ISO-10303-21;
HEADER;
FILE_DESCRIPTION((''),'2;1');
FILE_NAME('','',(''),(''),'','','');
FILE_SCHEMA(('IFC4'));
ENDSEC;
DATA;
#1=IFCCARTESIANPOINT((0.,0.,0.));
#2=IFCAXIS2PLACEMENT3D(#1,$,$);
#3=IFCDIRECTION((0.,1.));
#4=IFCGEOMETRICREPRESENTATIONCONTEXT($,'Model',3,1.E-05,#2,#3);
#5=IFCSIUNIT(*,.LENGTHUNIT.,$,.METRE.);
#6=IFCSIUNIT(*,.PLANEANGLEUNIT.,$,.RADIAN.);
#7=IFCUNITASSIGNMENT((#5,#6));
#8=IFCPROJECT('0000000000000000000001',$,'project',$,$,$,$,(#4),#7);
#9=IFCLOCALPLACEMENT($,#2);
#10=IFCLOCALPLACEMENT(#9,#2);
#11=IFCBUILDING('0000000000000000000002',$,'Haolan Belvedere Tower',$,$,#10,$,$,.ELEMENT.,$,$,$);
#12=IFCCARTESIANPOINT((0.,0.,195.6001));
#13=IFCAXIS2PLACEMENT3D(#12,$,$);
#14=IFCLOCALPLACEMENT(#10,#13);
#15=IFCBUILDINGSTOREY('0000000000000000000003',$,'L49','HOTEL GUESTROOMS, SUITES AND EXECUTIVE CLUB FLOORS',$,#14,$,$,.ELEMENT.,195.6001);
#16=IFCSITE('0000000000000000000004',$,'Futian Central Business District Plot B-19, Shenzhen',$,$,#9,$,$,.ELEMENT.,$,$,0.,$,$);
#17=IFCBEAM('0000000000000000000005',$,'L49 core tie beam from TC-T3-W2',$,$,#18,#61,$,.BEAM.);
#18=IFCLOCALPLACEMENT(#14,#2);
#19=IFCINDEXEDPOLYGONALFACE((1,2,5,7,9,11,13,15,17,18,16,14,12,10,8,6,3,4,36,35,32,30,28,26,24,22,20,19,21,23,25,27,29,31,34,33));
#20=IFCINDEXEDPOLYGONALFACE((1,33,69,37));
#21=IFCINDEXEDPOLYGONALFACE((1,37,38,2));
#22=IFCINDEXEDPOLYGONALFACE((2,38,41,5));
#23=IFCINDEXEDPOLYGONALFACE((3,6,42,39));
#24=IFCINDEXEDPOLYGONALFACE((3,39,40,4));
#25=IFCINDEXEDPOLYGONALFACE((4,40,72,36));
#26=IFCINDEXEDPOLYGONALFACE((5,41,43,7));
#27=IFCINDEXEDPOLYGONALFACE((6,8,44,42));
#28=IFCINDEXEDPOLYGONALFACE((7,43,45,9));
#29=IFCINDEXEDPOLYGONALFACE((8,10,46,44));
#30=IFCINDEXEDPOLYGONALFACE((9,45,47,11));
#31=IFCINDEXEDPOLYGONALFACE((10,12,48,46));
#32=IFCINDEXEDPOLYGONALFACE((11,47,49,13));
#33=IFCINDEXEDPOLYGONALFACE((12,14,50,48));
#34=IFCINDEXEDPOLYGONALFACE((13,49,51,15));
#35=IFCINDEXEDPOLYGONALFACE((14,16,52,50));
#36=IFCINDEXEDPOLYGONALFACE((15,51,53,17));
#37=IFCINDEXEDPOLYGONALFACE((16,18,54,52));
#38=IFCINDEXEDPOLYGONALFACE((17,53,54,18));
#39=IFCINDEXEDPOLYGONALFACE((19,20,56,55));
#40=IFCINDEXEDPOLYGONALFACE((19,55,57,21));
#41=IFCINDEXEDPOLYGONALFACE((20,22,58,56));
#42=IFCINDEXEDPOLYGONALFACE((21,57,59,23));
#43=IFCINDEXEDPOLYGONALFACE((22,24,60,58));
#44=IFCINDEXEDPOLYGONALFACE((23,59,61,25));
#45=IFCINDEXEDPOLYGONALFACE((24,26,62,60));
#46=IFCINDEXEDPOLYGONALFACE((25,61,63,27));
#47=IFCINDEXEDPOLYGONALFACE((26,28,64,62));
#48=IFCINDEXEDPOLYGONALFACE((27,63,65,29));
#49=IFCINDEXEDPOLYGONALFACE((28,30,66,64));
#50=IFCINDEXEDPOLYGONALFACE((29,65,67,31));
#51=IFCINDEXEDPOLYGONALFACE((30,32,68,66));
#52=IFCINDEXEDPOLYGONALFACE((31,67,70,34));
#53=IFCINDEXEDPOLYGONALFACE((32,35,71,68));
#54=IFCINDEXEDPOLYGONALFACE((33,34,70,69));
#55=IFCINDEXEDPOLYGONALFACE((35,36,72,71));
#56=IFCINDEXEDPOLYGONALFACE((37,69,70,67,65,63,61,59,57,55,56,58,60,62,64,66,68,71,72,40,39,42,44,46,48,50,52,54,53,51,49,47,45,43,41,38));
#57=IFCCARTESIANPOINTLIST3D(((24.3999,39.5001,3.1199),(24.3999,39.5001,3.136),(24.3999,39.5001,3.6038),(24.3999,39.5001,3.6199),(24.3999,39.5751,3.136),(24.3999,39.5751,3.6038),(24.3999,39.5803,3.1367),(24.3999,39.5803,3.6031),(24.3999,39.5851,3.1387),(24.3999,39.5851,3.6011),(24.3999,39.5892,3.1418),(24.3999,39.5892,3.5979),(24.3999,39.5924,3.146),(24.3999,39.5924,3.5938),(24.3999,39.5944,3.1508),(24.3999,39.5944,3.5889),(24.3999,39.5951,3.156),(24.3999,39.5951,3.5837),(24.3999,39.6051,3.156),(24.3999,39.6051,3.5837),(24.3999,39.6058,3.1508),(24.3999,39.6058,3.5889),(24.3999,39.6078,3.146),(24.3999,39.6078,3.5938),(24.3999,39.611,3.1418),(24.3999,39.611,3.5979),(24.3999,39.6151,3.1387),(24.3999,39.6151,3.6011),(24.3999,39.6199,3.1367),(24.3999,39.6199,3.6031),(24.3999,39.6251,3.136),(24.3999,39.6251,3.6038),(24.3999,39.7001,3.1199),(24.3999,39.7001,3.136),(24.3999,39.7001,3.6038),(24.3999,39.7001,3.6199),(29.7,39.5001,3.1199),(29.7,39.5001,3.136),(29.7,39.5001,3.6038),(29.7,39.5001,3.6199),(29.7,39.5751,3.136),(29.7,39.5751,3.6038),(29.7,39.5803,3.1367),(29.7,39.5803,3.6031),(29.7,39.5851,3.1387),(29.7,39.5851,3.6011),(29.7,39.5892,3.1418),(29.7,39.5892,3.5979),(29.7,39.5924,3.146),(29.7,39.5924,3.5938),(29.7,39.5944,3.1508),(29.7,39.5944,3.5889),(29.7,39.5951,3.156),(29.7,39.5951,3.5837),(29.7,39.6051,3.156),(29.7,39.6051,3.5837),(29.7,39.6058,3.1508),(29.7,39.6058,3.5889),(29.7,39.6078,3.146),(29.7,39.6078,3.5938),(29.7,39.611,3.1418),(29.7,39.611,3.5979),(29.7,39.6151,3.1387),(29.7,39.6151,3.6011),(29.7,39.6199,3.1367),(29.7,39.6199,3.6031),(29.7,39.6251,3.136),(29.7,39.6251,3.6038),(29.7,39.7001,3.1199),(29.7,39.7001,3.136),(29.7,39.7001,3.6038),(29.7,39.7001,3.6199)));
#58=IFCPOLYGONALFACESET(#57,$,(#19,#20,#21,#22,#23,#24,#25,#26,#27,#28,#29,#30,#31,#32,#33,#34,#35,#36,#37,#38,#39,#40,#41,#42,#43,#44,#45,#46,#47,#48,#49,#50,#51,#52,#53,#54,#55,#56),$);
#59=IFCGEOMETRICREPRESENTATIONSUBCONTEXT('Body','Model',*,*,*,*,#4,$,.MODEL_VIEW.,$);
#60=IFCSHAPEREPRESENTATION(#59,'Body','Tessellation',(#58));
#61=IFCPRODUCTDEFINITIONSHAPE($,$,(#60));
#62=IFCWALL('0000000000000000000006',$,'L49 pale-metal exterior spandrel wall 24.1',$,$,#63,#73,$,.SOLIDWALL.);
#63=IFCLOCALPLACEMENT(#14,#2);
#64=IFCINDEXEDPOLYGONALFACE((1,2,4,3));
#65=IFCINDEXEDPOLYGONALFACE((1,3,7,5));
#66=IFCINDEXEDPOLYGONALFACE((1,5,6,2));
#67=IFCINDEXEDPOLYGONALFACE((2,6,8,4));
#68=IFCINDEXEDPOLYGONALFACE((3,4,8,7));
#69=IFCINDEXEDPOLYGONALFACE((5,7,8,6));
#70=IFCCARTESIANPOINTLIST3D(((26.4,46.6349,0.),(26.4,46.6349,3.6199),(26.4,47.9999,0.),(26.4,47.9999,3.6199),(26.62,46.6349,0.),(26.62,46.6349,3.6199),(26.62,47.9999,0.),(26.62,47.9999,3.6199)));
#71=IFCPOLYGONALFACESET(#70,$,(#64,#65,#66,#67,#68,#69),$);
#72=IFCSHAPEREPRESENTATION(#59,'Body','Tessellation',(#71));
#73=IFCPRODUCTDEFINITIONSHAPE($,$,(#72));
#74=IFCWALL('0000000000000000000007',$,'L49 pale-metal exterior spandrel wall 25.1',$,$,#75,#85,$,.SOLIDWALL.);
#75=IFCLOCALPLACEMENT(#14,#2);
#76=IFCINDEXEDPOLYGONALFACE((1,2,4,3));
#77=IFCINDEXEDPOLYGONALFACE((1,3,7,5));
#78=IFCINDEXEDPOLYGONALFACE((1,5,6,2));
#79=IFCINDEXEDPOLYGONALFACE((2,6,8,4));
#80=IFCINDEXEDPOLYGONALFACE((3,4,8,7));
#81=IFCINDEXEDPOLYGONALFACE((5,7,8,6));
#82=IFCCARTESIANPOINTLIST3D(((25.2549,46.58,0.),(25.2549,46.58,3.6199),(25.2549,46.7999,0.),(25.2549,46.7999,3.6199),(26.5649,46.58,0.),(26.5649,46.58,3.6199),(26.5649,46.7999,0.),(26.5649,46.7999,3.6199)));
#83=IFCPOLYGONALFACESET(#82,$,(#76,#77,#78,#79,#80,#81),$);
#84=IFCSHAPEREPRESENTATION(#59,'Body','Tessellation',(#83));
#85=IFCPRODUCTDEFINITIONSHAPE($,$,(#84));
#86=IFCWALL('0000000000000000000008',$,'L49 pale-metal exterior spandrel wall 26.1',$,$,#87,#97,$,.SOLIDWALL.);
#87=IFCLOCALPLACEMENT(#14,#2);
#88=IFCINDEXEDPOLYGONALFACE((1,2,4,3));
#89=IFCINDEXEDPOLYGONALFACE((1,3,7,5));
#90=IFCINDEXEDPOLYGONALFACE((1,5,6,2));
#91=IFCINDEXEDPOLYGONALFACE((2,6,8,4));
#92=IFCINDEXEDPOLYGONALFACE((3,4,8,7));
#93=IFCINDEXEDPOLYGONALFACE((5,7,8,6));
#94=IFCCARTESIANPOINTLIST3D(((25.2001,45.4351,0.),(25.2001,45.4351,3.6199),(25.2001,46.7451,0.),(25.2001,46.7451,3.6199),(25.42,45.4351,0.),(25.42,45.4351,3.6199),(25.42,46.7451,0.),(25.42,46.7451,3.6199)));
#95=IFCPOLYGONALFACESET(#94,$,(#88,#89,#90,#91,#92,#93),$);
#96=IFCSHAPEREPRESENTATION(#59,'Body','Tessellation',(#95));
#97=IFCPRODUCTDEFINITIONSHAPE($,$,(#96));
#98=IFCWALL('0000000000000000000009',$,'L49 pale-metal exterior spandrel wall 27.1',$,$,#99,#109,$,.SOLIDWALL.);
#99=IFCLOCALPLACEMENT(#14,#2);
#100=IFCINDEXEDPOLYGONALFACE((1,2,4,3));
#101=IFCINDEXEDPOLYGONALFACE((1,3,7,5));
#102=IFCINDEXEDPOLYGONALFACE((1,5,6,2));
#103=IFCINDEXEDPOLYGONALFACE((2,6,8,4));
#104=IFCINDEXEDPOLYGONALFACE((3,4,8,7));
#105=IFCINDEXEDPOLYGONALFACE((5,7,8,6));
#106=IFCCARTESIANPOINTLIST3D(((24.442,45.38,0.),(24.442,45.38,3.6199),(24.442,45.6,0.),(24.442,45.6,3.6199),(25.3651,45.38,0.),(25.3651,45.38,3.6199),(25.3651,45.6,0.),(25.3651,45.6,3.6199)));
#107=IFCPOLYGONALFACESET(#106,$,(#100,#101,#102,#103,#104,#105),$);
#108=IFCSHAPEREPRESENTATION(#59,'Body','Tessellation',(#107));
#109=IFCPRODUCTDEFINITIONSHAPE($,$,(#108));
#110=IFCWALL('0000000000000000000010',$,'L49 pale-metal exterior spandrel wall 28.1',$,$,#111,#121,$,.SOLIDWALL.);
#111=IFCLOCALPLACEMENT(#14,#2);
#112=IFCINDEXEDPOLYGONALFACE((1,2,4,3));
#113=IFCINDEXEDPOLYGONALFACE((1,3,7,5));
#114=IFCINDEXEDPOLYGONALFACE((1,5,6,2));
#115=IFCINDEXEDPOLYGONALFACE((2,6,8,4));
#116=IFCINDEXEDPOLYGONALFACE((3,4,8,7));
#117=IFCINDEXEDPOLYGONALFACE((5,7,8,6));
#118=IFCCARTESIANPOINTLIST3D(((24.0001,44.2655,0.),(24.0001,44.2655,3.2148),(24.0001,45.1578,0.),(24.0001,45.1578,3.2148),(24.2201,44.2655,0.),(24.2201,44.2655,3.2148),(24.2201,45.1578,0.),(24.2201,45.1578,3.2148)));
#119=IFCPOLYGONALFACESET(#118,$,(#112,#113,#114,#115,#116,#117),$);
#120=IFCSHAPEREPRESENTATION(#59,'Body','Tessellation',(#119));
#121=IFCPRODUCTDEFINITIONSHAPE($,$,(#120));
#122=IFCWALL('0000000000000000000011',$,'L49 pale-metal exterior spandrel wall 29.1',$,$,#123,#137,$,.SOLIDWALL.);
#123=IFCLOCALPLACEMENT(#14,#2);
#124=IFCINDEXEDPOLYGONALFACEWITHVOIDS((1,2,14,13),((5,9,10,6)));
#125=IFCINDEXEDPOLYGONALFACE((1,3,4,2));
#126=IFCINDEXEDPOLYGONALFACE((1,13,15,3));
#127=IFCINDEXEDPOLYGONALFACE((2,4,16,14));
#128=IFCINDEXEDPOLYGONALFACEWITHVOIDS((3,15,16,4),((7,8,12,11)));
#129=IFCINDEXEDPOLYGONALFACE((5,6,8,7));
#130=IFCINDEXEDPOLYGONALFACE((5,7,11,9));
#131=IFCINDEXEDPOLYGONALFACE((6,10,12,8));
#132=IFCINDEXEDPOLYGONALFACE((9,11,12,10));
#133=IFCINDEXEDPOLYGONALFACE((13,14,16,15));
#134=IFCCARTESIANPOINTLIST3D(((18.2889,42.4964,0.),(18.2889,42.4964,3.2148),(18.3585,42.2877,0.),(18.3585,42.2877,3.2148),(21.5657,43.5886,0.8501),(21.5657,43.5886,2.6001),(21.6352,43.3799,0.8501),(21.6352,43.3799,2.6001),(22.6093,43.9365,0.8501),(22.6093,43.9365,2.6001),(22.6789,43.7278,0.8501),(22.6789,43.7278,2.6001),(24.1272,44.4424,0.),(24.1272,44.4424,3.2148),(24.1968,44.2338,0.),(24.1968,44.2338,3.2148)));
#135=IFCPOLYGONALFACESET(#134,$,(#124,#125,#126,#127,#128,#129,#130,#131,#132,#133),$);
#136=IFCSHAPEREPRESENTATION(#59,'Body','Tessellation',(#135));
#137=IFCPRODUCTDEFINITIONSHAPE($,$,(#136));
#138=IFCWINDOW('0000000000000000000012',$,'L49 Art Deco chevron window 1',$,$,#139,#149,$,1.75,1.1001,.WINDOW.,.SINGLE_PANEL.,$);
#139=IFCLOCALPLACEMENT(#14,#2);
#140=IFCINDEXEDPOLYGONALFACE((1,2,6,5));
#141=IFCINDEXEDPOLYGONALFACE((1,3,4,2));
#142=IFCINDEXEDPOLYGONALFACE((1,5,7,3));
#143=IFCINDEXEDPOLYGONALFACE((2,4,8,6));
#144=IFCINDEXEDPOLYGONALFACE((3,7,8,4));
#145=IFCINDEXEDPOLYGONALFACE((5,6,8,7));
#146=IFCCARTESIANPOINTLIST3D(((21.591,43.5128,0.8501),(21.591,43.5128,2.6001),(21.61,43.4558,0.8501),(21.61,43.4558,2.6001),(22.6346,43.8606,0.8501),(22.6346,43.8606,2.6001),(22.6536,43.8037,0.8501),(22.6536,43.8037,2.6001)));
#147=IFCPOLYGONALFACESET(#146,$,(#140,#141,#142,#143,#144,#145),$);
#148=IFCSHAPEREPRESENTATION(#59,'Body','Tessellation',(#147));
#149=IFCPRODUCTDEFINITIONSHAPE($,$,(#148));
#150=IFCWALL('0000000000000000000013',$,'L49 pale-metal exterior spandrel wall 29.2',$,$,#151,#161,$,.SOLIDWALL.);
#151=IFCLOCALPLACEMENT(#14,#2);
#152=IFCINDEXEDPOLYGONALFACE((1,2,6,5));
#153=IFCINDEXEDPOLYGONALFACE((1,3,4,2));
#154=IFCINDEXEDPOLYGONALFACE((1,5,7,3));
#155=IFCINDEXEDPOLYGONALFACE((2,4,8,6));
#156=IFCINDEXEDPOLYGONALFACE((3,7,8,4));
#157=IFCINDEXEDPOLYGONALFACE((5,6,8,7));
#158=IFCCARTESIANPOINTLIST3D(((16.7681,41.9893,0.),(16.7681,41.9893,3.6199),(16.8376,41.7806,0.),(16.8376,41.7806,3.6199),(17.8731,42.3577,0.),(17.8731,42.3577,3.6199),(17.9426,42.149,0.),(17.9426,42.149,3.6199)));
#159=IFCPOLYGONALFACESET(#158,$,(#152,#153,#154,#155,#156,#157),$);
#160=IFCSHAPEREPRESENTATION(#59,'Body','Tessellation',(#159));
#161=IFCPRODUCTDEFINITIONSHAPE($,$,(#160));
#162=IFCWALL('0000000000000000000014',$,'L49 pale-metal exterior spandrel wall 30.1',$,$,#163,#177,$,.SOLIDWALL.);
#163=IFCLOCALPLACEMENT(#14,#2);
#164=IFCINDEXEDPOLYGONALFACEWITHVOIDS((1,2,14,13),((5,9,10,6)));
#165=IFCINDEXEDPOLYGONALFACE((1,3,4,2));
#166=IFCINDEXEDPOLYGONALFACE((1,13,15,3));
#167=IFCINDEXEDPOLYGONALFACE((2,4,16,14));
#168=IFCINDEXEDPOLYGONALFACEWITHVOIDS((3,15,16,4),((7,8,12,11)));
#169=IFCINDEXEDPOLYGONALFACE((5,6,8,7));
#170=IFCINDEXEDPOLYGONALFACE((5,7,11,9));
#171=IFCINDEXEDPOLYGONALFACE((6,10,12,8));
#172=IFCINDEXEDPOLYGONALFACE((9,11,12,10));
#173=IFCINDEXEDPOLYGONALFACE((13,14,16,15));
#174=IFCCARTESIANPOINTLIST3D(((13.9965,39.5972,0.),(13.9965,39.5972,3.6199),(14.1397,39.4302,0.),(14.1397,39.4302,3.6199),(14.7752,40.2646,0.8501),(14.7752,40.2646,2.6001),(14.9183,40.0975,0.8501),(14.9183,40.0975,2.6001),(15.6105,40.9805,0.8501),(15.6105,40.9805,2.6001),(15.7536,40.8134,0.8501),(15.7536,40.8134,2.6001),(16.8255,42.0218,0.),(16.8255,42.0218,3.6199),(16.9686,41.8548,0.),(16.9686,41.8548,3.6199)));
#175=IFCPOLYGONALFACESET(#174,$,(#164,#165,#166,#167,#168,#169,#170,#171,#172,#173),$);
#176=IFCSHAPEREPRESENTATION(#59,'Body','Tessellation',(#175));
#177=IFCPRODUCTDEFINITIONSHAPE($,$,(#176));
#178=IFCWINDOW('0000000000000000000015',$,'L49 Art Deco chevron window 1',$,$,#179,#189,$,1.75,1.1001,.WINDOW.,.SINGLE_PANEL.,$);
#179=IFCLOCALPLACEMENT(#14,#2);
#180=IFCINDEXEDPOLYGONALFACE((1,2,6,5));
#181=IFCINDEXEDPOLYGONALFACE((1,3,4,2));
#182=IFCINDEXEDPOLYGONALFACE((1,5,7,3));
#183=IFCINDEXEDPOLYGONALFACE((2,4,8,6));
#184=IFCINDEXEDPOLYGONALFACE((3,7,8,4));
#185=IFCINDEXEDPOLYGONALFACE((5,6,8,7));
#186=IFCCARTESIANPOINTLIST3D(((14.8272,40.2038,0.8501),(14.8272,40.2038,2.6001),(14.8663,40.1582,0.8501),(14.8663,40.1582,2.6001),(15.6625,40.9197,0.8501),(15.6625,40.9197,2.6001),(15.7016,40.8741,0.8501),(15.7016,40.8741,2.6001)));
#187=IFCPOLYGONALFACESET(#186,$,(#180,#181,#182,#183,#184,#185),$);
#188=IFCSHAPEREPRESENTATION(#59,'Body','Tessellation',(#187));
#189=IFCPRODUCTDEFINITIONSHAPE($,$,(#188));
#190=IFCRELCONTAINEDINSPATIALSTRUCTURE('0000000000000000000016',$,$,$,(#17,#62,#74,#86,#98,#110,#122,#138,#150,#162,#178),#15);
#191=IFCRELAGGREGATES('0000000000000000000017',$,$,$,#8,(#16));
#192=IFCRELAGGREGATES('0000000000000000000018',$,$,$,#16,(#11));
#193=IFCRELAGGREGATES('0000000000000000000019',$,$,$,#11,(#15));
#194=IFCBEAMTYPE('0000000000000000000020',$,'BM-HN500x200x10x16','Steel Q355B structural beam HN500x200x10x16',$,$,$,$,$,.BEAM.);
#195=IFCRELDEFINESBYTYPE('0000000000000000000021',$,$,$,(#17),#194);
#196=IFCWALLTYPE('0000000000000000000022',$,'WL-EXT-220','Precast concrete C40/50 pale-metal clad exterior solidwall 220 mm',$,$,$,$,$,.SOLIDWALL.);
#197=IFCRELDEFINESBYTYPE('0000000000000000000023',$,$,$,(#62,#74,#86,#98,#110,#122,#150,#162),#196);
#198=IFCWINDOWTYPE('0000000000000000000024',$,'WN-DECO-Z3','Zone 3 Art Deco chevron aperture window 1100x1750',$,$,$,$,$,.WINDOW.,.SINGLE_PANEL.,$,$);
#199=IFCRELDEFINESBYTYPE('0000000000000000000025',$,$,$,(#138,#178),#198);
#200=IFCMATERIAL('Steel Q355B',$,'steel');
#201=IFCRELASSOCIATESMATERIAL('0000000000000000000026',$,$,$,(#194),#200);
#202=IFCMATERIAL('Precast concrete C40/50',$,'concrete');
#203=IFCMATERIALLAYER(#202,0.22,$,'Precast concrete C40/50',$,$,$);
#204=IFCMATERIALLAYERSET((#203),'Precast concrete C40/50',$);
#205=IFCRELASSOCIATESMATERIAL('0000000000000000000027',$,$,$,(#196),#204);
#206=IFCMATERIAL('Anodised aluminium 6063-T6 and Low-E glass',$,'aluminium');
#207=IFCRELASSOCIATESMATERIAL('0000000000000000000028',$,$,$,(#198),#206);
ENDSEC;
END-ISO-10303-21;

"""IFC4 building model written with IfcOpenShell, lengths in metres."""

from ifc_helpers import new_model, si_unit, direction, frame, frame_2d, origin, origin_2d, place, context, subcontext, project, spatial, rectangle, i_section, extrude, material, layer, layer_set, material_profile, profile_set, type_object, element, fill, save


model = new_model("IFC4")

# Units and contexts
model_context = context("Model", 3, precision=1e-05, world=origin(), true_north=direction((0.0, 1.0)))
body_context = subcontext(model_context, "Body", "Model", "MODEL_VIEW")
ifc_project = project(units=[si_unit("LENGTHUNIT", "METRE"), si_unit("PLANEANGLEUNIT", "RADIAN")], contexts=[model_context])

# Site, building, storey
site_placement = place(None, origin())
site = spatial("IfcSite", under=ifc_project, at=site_placement, Name="Futian Central Business District Plot B-19, Shenzhen", CompositionType="ELEMENT", RefElevation=0.0)
building_placement = place(site_placement, origin())
building = spatial("IfcBuilding", under=site, at=building_placement, Name="Haolan Belvedere Tower", CompositionType="ELEMENT")
storey_placement = place(building_placement, frame((0.0, 0.0, 195.6001)))
storey = spatial("IfcBuildingStorey", under=building, at=storey_placement, Name="L49", Description="HOTEL GUESTROOMS, SUITES AND EXECUTIVE CLUB FLOORS", CompositionType="ELEMENT", Elevation=195.6001)

# Beam
ifc_material_1 = material(Name="Steel Q355B", Category="steel")
ifc_material_profile_1 = material_profile(ifc_material_1, i_section(OverallWidth=0.2, OverallDepth=0.5, WebThickness=0.01, FlangeThickness=0.0161, FilletRadius=0.02, at=origin_2d()), Name="Steel Q355B")
ifc_profile_set_1 = profile_set([ifc_material_profile_1], Name="Steel Q355B")
beam_type_1 = type_object("IfcBeamType", Name="BM-HN500x200x10x16", Description="Steel Q355B structural beam HN500x200x10x16", PredefinedType="BEAM", material=ifc_profile_set_1)
beam_1_placement = place(storey_placement, frame((24.3999, 39.6001, 3.3699), z_axis=(1.0, 0.0, 0.0), x_axis=(0.0, 1.0, 0.0)))
element("IfcBeam", 1, at=beam_1_placement, inside=storey, type_object=beam_type_1, Name="L49 core tie beam from TC-T3-W2", PredefinedType="BEAM", context=body_context, shape_type="SweptSolid", body=[
    extrude(i_section(OverallWidth=0.2, OverallDepth=0.5, WebThickness=0.01, FlangeThickness=0.0161, FilletRadius=0.02, at=origin_2d()), origin(), (0.0, 0.0, 1.0), 5.3),
])

# Walls
ifc_material_2 = material(Name="Precast concrete C40/50", Category="concrete")
ifc_layer_1 = layer(ifc_material_2, 0.22, Name="Precast concrete C40/50")
ifc_layer_set_1 = layer_set([ifc_layer_1], Name="Precast concrete C40/50")
wall_type_1 = type_object("IfcWallType", Name="WL-EXT-220", Description="Precast concrete C40/50 pale-metal clad exterior solidwall 220 mm", PredefinedType="SOLIDWALL", material=ifc_layer_set_1)
wall_1_placement = place(storey_placement, frame((26.51, 48.0, 0.0), z_axis=(0.0, 0.0, 1.0), x_axis=(0.0, -1.0, 0.0)))
element("IfcWall", 2, at=wall_1_placement, inside=storey, type_object=wall_type_1, Name="L49 pale-metal exterior spandrel wall 24.1", PredefinedType="SOLIDWALL", context=body_context, shape_type="SweptSolid", body=[
    extrude(rectangle(XDim=1.365, YDim=0.22, at=frame_2d((0.6826, 0.0))), origin(), (0.0, 0.0, 1.0), 3.6199),
])
for number, where, z_axis, x_axis, name in (
    (3, (26.5649, 46.6899, 0.0), (0.0, 0.0, 1.0), (-1.0, 0.0, 0.0), "L49 pale-metal exterior spandrel wall 25.1"),
    (4, (25.3101, 46.7451, 0.0), (0.0, 0.0, 1.0), (0.0, -1.0, 0.0), "L49 pale-metal exterior spandrel wall 26.1"),
):
    element("IfcWall", number, at=place(storey_placement, frame(where, z_axis=z_axis, x_axis=x_axis)), inside=storey, type_object=wall_type_1, Name=name, PredefinedType="SOLIDWALL", context=body_context, shape_type="SweptSolid", body=[
        extrude(rectangle(XDim=1.3101, YDim=0.22, at=frame_2d((0.655, 0.0))), origin(), (0.0, 0.0, 1.0), 3.6199),
    ])
wall_2_placement = place(storey_placement, frame((25.365, 45.49, 0.0), z_axis=(0.0, 0.0, 1.0), x_axis=(-1.0, 0.0, 0.0)))
element("IfcWall", 5, at=wall_2_placement, inside=storey, type_object=wall_type_1, Name="L49 pale-metal exterior spandrel wall 27.1", PredefinedType="SOLIDWALL", context=body_context, shape_type="SweptSolid", body=[
    extrude(rectangle(XDim=0.9231, YDim=0.22, at=frame_2d((0.4614, 0.0))), origin(), (0.0, 0.0, 1.0), 3.6199),
])
wall_3_placement = place(storey_placement, frame((24.1101, 45.158, 0.0), z_axis=(0.0, 0.0, 1.0), x_axis=(0.0, -1.0, 0.0)))
element("IfcWall", 6, at=wall_3_placement, inside=storey, type_object=wall_type_1, Name="L49 pale-metal exterior spandrel wall 28.1", PredefinedType="SOLIDWALL", context=body_context, shape_type="SweptSolid", body=[
    extrude(rectangle(XDim=0.8923, YDim=0.22, at=frame_2d((0.4463, 0.0))), origin(), (0.0, 0.0, 1.0), 3.2148),
])

# Wall, opening, window
wall_4_placement = place(storey_placement, frame((24.1621, 44.3381, 0.0), z_axis=(0.0, 0.0, 1.0), x_axis=(-0.948687, -0.316216, 0.0)))
wall_4 = element("IfcWall", 7, at=wall_4_placement, inside=storey, type_object=wall_type_1, Name="L49 pale-metal exterior spandrel wall 29.1", PredefinedType="SOLIDWALL", context=body_context, shape_type="SweptSolid", body=[
    extrude(rectangle(XDim=6.1541, YDim=0.22, at=frame_2d((3.0771, 0.0))), origin(), (0.0, 0.0, 1.0), 3.2148),
])
opening_1_placement = place(wall_4_placement, frame((1.6001, 0.0, 0.8501)))
opening_1 = element("IfcOpeningElement", 8, at=opening_1_placement, cuts=wall_4, PredefinedType="OPENING", context=body_context, shape_type="SweptSolid", body=[
    extrude(rectangle(XDim=1.1001, YDim=1.75, at=frame_2d((0.55, 0.875))), frame((0.0, 0.1199, 0.0), z_axis=(0.0, -1.0, 0.0), x_axis=(1.0, 0.0, 0.0)), (0.0, 0.0, 1.0), 0.24),
])
ifc_material_3 = material(Name="Anodised aluminium 6063-T6 and Low-E glass", Category="aluminium")
window_type = type_object("IfcWindowType", Name="WN-DECO-Z3", Description="Zone 3 Art Deco chevron aperture window 1100x1750", PartitioningType="SINGLE_PANEL", PredefinedType="WINDOW", material=ifc_material_3)
window_1_placement = place(opening_1_placement, origin())
window_1 = element("IfcWindow", 9, at=window_1_placement, inside=storey, type_object=window_type, Name="L49 Art Deco chevron window 1", OverallHeight=1.75, OverallWidth=1.1001, PartitioningType="SINGLE_PANEL", PredefinedType="WINDOW", context=body_context, shape_type="SweptSolid", body=[
    extrude(rectangle(XDim=1.1001, YDim=1.75, at=frame_2d((0.55, 0.875))), frame((0.0, 0.03, 0.0), z_axis=(0.0, -1.0, 0.0), x_axis=(1.0, 0.0, 0.0)), (0.0, 0.0, 1.0), 0.0601),
])
fill(opening_1, window_1)

# Wall
wall_5_placement = place(storey_placement, frame((17.908, 42.2534, 0.0), z_axis=(0.0, 0.0, 1.0), x_axis=(-0.948662, -0.316291, 0.0)))
element("IfcWall", 10, at=wall_5_placement, inside=storey, type_object=wall_type_1, Name="L49 pale-metal exterior spandrel wall 29.2", PredefinedType="SOLIDWALL", context=body_context, shape_type="SweptSolid", body=[
    extrude(rectangle(XDim=1.1648, YDim=0.22, at=frame_2d((0.5825, 0.0))), origin(), (0.0, 0.0, 1.0), 3.6199),
])

# Wall, opening, window
wall_6_placement = place(storey_placement, frame((16.897, 41.9382, 0.0), z_axis=(0.0, 0.0, 1.0), x_axis=(-0.75928, -0.650764, 0.0)))
wall_6 = element("IfcWall", 11, at=wall_6_placement, inside=storey, type_object=wall_type_1, Name="L49 pale-metal exterior spandrel wall 30.1", PredefinedType="SOLIDWALL", context=body_context, shape_type="SweptSolid", body=[
    extrude(rectangle(XDim=3.7258, YDim=0.22, at=frame_2d((1.8628, 0.0))), origin(), (0.0, 0.0, 1.0), 3.6199),
])
opening_2_placement = place(wall_6_placement, frame((1.6001, 0.0, 0.8501)))
opening_2 = element("IfcOpeningElement", 12, at=opening_2_placement, cuts=wall_6, PredefinedType="OPENING", context=body_context, shape_type="SweptSolid", body=[
    extrude(rectangle(XDim=1.1001, YDim=1.75, at=frame_2d((0.55, 0.875))), frame((0.0, 0.1199, 0.0), z_axis=(0.0, -1.0, 0.0), x_axis=(1.0, 0.0, 0.0)), (0.0, 0.0, 1.0), 0.24),
])
window_2_placement = place(opening_2_placement, origin())
window_2 = element("IfcWindow", 13, at=window_2_placement, inside=storey, type_object=window_type, Name="L49 Art Deco chevron window 1", OverallHeight=1.75, OverallWidth=1.1001, PartitioningType="SINGLE_PANEL", PredefinedType="WINDOW", context=body_context, shape_type="SweptSolid", body=[
    extrude(rectangle(XDim=1.1001, YDim=1.75, at=frame_2d((0.55, 0.875))), frame((0.0, 0.03, 0.0), z_axis=(0.0, -1.0, 0.0), x_axis=(1.0, 0.0, 0.0)), (0.0, 0.0, 1.0), 0.0601),
])
fill(opening_2, window_2)

save(model, "model.ifc")
